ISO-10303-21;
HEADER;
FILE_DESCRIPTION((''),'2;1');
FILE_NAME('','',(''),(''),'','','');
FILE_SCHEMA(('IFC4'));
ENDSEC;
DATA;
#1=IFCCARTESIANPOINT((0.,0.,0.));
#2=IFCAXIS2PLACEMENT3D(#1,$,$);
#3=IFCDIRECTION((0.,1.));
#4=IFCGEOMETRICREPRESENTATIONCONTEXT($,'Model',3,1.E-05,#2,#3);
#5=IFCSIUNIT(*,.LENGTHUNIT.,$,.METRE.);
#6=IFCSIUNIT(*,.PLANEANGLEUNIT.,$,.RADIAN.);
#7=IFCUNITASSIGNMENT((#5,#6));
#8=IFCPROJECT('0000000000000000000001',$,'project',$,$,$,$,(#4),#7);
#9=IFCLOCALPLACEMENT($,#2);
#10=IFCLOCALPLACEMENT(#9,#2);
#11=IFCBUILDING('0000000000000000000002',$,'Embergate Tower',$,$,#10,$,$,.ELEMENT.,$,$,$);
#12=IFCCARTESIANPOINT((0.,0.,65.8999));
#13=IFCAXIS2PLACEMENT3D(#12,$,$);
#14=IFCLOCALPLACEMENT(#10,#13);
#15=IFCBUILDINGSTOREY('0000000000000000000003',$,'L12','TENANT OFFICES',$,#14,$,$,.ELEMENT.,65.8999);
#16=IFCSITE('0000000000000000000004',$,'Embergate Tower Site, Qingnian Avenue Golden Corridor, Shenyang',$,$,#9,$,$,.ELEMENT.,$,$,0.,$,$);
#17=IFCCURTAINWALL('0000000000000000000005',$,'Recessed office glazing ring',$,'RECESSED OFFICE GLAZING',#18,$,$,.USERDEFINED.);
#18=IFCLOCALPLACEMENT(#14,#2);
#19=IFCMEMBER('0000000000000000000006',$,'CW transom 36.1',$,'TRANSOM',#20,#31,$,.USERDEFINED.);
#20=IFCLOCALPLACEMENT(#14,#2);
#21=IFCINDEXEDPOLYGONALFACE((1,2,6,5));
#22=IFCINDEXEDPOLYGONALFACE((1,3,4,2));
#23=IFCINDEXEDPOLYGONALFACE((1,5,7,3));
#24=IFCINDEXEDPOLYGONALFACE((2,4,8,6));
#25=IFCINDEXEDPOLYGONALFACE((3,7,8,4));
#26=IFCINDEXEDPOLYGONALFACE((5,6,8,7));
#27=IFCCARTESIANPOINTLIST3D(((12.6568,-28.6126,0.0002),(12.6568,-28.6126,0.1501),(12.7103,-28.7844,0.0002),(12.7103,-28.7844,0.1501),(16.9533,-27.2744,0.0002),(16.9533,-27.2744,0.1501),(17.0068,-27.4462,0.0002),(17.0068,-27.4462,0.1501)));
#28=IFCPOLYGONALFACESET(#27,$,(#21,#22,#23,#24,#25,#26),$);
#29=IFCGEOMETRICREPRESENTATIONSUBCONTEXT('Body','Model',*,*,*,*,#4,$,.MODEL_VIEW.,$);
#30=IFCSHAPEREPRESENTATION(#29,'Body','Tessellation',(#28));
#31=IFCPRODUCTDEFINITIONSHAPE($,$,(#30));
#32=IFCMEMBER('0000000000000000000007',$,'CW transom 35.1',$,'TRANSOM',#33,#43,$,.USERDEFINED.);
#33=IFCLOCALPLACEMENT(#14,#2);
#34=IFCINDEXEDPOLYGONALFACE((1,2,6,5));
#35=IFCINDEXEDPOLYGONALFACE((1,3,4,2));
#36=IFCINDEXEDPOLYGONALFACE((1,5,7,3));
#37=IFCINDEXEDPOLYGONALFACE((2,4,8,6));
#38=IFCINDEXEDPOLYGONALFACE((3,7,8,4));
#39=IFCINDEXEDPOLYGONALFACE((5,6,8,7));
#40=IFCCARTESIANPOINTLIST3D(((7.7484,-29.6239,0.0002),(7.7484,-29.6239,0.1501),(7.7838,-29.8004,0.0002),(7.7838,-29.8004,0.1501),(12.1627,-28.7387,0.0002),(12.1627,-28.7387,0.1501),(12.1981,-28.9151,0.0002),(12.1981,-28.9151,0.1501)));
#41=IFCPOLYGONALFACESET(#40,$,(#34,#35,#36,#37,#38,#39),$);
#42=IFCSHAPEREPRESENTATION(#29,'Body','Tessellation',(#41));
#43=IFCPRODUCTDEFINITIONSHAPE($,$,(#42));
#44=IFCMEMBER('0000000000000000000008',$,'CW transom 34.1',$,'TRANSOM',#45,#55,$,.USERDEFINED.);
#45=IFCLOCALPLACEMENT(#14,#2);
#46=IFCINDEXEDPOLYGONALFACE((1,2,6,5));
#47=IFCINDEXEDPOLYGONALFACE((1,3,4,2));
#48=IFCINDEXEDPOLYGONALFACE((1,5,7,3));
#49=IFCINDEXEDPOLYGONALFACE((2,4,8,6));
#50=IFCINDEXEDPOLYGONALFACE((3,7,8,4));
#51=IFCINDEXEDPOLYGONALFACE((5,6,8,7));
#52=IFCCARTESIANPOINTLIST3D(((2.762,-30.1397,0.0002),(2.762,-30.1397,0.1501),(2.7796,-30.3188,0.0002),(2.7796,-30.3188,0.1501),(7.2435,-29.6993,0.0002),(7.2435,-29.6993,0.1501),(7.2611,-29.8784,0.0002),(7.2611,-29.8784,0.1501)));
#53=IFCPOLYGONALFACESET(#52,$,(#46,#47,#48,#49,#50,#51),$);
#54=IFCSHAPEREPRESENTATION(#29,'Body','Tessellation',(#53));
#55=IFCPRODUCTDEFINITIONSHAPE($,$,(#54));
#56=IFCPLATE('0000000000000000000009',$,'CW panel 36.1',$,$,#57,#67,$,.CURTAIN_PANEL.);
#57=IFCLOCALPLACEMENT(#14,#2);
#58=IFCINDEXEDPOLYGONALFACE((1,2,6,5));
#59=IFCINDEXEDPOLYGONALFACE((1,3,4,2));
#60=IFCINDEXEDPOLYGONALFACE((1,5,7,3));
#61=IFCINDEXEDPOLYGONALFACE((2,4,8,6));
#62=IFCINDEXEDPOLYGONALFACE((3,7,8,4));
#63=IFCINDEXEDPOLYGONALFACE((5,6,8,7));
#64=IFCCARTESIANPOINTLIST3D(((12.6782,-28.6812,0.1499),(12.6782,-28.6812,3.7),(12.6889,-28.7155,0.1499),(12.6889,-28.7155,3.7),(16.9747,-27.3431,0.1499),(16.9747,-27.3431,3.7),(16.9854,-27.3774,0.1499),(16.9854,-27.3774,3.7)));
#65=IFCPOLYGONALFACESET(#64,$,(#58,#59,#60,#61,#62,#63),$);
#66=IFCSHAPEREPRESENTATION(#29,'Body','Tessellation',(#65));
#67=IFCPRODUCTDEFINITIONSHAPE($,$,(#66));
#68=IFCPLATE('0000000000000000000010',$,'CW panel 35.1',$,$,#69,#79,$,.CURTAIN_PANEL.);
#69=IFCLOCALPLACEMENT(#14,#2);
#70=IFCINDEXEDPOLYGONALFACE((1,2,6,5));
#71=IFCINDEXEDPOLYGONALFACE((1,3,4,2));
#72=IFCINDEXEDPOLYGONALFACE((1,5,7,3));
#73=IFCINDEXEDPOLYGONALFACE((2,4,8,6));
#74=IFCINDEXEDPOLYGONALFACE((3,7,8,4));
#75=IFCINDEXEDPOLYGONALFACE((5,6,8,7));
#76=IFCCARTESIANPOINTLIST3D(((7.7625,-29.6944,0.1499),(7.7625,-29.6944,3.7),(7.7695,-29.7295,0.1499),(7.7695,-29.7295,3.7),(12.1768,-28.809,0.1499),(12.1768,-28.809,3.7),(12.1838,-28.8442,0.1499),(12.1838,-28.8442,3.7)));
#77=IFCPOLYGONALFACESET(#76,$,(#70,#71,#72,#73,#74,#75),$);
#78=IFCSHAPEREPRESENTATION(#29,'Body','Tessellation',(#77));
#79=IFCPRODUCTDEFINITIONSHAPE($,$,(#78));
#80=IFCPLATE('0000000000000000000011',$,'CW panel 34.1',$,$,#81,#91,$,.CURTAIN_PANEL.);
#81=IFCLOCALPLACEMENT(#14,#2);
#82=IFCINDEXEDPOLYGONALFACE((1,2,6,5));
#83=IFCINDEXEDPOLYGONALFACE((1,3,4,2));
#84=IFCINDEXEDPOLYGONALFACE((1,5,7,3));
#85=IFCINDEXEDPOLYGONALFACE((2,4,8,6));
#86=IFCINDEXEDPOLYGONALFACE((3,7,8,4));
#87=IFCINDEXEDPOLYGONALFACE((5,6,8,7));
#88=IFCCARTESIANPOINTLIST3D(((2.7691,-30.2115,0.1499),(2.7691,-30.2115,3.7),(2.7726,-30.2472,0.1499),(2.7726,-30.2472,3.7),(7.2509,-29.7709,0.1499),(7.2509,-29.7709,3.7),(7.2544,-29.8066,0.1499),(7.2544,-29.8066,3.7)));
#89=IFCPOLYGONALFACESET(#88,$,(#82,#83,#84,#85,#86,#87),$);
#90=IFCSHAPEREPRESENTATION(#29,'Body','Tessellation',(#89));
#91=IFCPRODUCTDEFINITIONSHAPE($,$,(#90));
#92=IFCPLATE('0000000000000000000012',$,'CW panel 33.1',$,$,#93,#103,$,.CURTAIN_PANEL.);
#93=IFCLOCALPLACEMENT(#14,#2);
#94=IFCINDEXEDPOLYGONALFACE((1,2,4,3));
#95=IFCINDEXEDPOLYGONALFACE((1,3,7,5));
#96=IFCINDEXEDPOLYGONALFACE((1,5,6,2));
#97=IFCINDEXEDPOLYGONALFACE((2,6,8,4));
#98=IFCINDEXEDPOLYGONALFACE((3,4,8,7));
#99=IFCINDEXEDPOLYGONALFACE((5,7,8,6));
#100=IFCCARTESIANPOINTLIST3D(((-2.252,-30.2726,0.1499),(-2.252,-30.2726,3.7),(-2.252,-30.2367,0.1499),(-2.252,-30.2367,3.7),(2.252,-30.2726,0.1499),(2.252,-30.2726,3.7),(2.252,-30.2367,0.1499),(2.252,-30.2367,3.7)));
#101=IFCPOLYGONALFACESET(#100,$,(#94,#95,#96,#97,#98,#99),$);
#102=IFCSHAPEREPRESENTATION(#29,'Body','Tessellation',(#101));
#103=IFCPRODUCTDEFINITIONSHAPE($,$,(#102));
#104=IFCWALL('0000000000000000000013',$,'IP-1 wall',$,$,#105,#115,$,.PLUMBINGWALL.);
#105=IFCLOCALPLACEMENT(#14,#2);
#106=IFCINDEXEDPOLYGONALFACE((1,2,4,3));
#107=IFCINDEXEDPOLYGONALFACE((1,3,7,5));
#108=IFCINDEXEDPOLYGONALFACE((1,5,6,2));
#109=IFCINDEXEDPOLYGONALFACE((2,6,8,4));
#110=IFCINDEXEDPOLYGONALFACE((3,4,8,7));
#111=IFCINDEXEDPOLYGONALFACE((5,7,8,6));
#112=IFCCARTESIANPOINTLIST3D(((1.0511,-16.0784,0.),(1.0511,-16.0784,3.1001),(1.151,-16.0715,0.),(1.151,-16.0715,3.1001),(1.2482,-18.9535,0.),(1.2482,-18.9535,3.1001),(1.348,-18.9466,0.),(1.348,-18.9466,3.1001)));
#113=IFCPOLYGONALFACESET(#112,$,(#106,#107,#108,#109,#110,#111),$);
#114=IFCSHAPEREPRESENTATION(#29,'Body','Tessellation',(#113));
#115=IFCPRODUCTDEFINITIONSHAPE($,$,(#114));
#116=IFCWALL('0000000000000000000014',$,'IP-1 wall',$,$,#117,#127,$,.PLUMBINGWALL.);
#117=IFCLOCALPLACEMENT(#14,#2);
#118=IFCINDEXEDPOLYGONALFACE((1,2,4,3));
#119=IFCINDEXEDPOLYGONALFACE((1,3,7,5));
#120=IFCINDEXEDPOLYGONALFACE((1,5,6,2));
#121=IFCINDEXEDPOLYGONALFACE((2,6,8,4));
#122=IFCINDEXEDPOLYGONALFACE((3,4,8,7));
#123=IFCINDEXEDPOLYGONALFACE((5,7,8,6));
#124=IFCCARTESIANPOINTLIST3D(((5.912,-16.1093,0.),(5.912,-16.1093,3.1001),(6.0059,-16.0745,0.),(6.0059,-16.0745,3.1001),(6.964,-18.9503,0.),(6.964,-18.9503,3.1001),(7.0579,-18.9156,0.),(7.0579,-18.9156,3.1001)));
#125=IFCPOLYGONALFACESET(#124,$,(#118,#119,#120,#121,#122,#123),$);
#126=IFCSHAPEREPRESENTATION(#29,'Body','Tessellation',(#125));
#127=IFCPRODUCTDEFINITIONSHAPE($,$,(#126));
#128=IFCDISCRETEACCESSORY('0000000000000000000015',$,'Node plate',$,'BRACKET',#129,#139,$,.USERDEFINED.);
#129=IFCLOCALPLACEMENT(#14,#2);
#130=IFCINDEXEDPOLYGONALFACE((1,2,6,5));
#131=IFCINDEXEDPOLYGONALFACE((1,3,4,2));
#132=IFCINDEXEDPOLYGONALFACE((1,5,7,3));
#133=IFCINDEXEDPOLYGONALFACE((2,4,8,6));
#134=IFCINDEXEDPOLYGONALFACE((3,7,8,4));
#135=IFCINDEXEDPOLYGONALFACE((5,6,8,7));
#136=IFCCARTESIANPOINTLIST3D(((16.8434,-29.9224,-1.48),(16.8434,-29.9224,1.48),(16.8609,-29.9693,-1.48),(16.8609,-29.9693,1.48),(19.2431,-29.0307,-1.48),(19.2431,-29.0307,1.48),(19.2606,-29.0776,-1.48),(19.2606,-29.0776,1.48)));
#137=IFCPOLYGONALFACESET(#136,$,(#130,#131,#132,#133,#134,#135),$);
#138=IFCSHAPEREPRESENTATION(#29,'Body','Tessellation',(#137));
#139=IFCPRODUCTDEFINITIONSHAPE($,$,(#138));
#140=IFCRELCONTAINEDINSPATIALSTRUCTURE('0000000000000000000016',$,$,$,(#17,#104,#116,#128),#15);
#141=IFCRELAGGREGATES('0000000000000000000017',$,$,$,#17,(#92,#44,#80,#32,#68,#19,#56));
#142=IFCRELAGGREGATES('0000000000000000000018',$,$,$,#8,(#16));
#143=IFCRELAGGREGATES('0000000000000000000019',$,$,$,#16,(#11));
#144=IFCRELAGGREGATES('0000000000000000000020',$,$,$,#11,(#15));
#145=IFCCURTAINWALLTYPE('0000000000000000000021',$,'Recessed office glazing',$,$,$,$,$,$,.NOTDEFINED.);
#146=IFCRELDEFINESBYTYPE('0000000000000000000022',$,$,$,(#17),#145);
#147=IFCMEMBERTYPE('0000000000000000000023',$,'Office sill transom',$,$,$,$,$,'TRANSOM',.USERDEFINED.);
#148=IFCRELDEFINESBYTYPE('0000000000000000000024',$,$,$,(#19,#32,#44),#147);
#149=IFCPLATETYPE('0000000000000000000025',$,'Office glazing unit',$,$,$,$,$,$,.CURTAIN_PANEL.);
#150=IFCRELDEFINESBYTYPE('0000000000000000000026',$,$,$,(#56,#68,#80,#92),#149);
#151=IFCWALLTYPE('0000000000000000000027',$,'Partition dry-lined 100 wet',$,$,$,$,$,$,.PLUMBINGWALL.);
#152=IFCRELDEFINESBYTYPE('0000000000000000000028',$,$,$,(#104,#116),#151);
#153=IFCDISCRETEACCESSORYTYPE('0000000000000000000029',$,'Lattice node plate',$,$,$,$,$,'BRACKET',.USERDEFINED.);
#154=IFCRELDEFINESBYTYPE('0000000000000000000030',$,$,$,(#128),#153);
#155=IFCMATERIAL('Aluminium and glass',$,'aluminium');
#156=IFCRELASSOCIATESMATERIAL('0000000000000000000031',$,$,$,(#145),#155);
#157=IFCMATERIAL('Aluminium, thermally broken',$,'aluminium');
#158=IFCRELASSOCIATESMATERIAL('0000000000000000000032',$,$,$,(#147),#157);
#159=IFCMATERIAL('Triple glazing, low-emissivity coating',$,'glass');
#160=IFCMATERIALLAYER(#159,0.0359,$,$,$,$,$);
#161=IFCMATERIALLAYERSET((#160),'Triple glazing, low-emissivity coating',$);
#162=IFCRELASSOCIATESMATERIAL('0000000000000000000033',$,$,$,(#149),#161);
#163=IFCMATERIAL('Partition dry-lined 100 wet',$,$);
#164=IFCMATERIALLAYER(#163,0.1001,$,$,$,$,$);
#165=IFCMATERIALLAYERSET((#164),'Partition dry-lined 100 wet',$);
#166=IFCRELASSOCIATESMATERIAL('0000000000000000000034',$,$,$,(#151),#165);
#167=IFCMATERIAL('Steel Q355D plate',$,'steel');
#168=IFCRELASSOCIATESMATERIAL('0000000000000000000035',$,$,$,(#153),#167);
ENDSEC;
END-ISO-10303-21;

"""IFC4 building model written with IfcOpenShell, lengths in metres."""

from ifc_helpers import new_model, si_unit, direction, frame, frame_2d, origin, origin_2d, place, context, subcontext, project, spatial, rectangle, extrude, source, transform, mapped, material, layer, layer_set, material_profile, profile_set, type_object, element, aggregate, save


model = new_model("IFC4")

# Units and contexts
model_context = context("Model", 3, precision=1e-05, world=origin(), true_north=direction((0.0, 1.0)))
body_context = subcontext(model_context, "Body", "Model", "MODEL_VIEW")
ifc_project = project(units=[si_unit("LENGTHUNIT", "METRE"), si_unit("PLANEANGLEUNIT", "RADIAN")], contexts=[model_context])

# Site, building, storey
site_placement = place(None, origin())
site = spatial("IfcSite", under=ifc_project, at=site_placement, Name="Embergate Tower Site, Qingnian Avenue Golden Corridor, Shenyang", CompositionType="ELEMENT", RefElevation=0.0)
building_placement = place(site_placement, origin())
building = spatial("IfcBuilding", under=site, at=building_placement, Name="Embergate Tower", CompositionType="ELEMENT")
storey_placement = place(building_placement, frame((0.0, 0.0, 65.8999)))
storey = spatial("IfcBuildingStorey", under=building, at=storey_placement, Name="L12", Description="TENANT OFFICES", CompositionType="ELEMENT", Elevation=65.8999)

# Curtain wall, members
ifc_material_1 = material(Name="Aluminium and glass", Category="aluminium")
curtain_wall_type = type_object("IfcCurtainWallType", Name="Recessed office glazing", PredefinedType="NOTDEFINED", material=ifc_material_1)
curtain_wall_placement = place(storey_placement, origin())
curtain_wall = element("IfcCurtainWall", 1, at=curtain_wall_placement, inside=storey, type_object=curtain_wall_type, Name="Recessed office glazing ring", ObjectType="RECESSED OFFICE GLAZING", PredefinedType="USERDEFINED")
ifc_material_2 = material(Name="Aluminium, thermally broken", Category="aluminium")
ifc_material_profile_1 = material_profile(ifc_material_2, rectangle(XDim=0.1799, YDim=0.1499, at=origin_2d()), Name="AL 150x180")
ifc_profile_set_1 = profile_set([ifc_material_profile_1], Name="Aluminium, thermally broken")
member_type_1 = type_object("IfcMemberType", Name="Office sill transom", ElementType="TRANSOM", PredefinedType="USERDEFINED", material=ifc_profile_set_1)
shared_shape_1 = source(origin(), body_context, "Body", "SweptSolid", [
    extrude(rectangle(XDim=0.1799, YDim=0.1499, at=origin_2d()), origin(), (0.0, 0.0, 1.0), 4.5),
])
member_1_placement = place(storey_placement, frame((12.6836, -28.6985, 0.0752), z_axis=(0.954763, 0.297367, 0.0), x_axis=(-0.297367, 0.954763, 0.0)))
member_1 = element("IfcMember", 2, at=member_1_placement, type_object=member_type_1, Name="CW transom 36.1", ObjectType="TRANSOM", PredefinedType="USERDEFINED", context=body_context, shape_type="MappedRepresentation", body=[
    mapped(shared_shape_1, transform((0.0, 0.0, 0.0))),
])
shared_shape_2 = source(origin(), body_context, "Body", "SweptSolid", [
    extrude(rectangle(XDim=0.1799, YDim=0.1499, at=origin_2d()), origin(), (0.0, 0.0, 1.0), 4.5022),
])
member_2_placement = place(storey_placement, frame((7.7661, -29.7122, 0.0752), z_axis=(0.980478, 0.196627, 0.0), x_axis=(-0.196627, 0.980478, 0.0)))
member_2 = element("IfcMember", 3, at=member_2_placement, type_object=member_type_1, Name="CW transom 35.1", ObjectType="TRANSOM", PredefinedType="USERDEFINED", context=body_context, shape_type="MappedRepresentation", body=[
    mapped(shared_shape_2, transform((0.0, 0.0, 0.0))),
])
shared_shape_3 = source(origin(), body_context, "Body", "SweptSolid", [
    extrude(rectangle(XDim=0.1799, YDim=0.1499, at=origin_2d()), origin(), (0.0, 0.0, 1.0), 4.5032),
])
member_3_placement = place(storey_placement, frame((2.7708, -30.2292, 0.0752), z_axis=(0.995206, 0.097802, 0.0), x_axis=(-0.097802, 0.995206, 0.0)))
member_3 = element("IfcMember", 4, at=member_3_placement, type_object=member_type_1, Name="CW transom 34.1", ObjectType="TRANSOM", PredefinedType="USERDEFINED", context=body_context, shape_type="MappedRepresentation", body=[
    mapped(shared_shape_3, transform((0.0, 0.0, 0.0))),
])

# Plates
ifc_material_3 = material(Name="Triple glazing, low-emissivity coating", Category="glass")
ifc_layer_1 = layer(ifc_material_3, 0.0359)
ifc_layer_set_1 = layer_set([ifc_layer_1], Name="Triple glazing, low-emissivity coating")
plate_type = type_object("IfcPlateType", Name="Office glazing unit", PredefinedType="CURTAIN_PANEL", material=ifc_layer_set_1)
shared_shape_4 = source(origin(), body_context, "Body", "SweptSolid", [
    extrude(rectangle(XDim=4.5, YDim=0.0359, at=origin_2d()), origin(), (0.0, 0.0, 1.0), 3.55),
])
plate_1_placement = place(storey_placement, frame((14.8318, -28.0293, 0.1499), z_axis=(0.0, 0.0, 1.0), x_axis=(0.95477, 0.297345, 0.0)))
plate_1 = element("IfcPlate", 5, at=plate_1_placement, type_object=plate_type, Name="CW panel 36.1", PredefinedType="CURTAIN_PANEL", context=body_context, shape_type="MappedRepresentation", body=[
    mapped(shared_shape_4, transform((0.0, 0.0, 0.0))),
])
shared_shape_5 = source(origin(), body_context, "Body", "SweptSolid", [
    extrude(rectangle(XDim=4.5022, YDim=0.0359, at=origin_2d()), origin(), (0.0, 0.0, 1.0), 3.55),
])
plate_2_placement = place(storey_placement, frame((9.9731, -29.2693, 0.1499), z_axis=(0.0, 0.0, 1.0), x_axis=(0.980475, 0.196644, 0.0)))
plate_2 = element("IfcPlate", 6, at=plate_2_placement, type_object=plate_type, Name="CW panel 35.1", PredefinedType="CURTAIN_PANEL", context=body_context, shape_type="MappedRepresentation", body=[
    mapped(shared_shape_5, transform((0.0, 0.0, 0.0))),
])
shared_shape_6 = source(origin(), body_context, "Body", "SweptSolid", [
    extrude(rectangle(XDim=4.5034, YDim=0.0359, at=origin_2d()), origin(), (0.0, 0.0, 1.0), 3.55),
])
plate_3_placement = place(storey_placement, frame((5.0117, -30.009, 0.1499), z_axis=(0.0, 0.0, 1.0), x_axis=(0.995203, 0.097831, 0.0)))
plate_3 = element("IfcPlate", 7, at=plate_3_placement, type_object=plate_type, Name="CW panel 34.1", PredefinedType="CURTAIN_PANEL", context=body_context, shape_type="MappedRepresentation", body=[
    mapped(shared_shape_6, transform((0.0, 0.0, 0.0))),
])
shared_shape_7 = source(origin(), body_context, "Body", "SweptSolid", [
    extrude(rectangle(XDim=4.5039, YDim=0.0359, at=origin_2d()), origin(), (0.0, 0.0, 1.0), 3.55),
])
plate_4_placement = place(storey_placement, frame((0.0, -30.2546, 0.1499), z_axis=(0.0, 0.0, 1.0), x_axis=(1.0, 0.0, 0.0)))
plate_4 = element("IfcPlate", 8, at=plate_4_placement, type_object=plate_type, Name="CW panel 33.1", PredefinedType="CURTAIN_PANEL", context=body_context, shape_type="MappedRepresentation", body=[
    mapped(shared_shape_7, transform((0.0, 0.0, 0.0))),
])
aggregate(curtain_wall, [plate_4, member_3, plate_3, member_2, plate_2, member_1, plate_1])

# Walls
ifc_material_4 = material(Name="Partition dry-lined 100 wet")
ifc_layer_2 = layer(ifc_material_4, 0.1001)
ifc_layer_set_2 = layer_set([ifc_layer_2], Name="Partition dry-lined 100 wet")
wall_type = type_object("IfcWallType", Name="Partition dry-lined 100 wet", PredefinedType="PLUMBINGWALL", material=ifc_layer_set_2)
shared_shape_8 = source(origin(), body_context, "Body", "SweptSolid", [
    extrude(rectangle(XDim=2.8818, YDim=0.1001, at=frame_2d((1.4409, 0.0))), origin(), (0.0, 0.0, 1.0), 3.1001),
])
wall_1_placement = place(storey_placement, frame((1.1011, -16.075, 0.0), z_axis=(0.0, 0.0, 1.0), x_axis=(0.068369, -0.99766, 0.0)))
element("IfcWall", 9, at=wall_1_placement, inside=storey, type_object=wall_type, Name="IP-1 wall", PredefinedType="PLUMBINGWALL", context=body_context, shape_type="MappedRepresentation", body=[
    mapped(shared_shape_8, transform((0.0, 0.0, 0.0))),
])
shared_shape_9 = source(origin(), body_context, "Body", "SweptSolid", [
    extrude(rectangle(XDim=3.0295, YDim=0.1001, at=frame_2d((1.5146, 0.0))), origin(), (0.0, 0.0, 1.0), 3.1001),
])
wall_2_placement = place(storey_placement, frame((5.959, -16.092, 0.0), z_axis=(0.0, 0.0, 1.0), x_axis=(0.347243, -0.937775, 0.0)))
element("IfcWall", 10, at=wall_2_placement, inside=storey, type_object=wall_type, Name="IP-1 wall", PredefinedType="PLUMBINGWALL", context=body_context, shape_type="MappedRepresentation", body=[
    mapped(shared_shape_9, transform((0.0, 0.0, 0.0))),
])

# Discrete accessory
ifc_material_5 = material(Name="Steel Q355D plate", Category="steel")
discrete_accessory_type = type_object("IfcDiscreteAccessoryType", Name="Lattice node plate", ElementType="BRACKET", PredefinedType="USERDEFINED", material=ifc_material_5)
shared_shape_10 = source(origin(), body_context, "Body", "SweptSolid", [
    extrude(rectangle(XDim=2.5601, YDim=0.05, at=origin_2d()), origin(), (0.0, 0.0, 1.0), 2.96),
])
discrete_accessory_placement = place(storey_placement, frame((18.052, -29.5, -1.48), z_axis=(0.0, 0.0, 1.0), x_axis=(0.937367, 0.348343, 0.0)))
element("IfcDiscreteAccessory", 11, at=discrete_accessory_placement, inside=storey, type_object=discrete_accessory_type, Name="Node plate", ObjectType="BRACKET", PredefinedType="USERDEFINED", context=body_context, shape_type="MappedRepresentation", body=[
    mapped(shared_shape_10, transform((0.0, 0.0, 0.0))),
])

save(model, "model.ifc")
